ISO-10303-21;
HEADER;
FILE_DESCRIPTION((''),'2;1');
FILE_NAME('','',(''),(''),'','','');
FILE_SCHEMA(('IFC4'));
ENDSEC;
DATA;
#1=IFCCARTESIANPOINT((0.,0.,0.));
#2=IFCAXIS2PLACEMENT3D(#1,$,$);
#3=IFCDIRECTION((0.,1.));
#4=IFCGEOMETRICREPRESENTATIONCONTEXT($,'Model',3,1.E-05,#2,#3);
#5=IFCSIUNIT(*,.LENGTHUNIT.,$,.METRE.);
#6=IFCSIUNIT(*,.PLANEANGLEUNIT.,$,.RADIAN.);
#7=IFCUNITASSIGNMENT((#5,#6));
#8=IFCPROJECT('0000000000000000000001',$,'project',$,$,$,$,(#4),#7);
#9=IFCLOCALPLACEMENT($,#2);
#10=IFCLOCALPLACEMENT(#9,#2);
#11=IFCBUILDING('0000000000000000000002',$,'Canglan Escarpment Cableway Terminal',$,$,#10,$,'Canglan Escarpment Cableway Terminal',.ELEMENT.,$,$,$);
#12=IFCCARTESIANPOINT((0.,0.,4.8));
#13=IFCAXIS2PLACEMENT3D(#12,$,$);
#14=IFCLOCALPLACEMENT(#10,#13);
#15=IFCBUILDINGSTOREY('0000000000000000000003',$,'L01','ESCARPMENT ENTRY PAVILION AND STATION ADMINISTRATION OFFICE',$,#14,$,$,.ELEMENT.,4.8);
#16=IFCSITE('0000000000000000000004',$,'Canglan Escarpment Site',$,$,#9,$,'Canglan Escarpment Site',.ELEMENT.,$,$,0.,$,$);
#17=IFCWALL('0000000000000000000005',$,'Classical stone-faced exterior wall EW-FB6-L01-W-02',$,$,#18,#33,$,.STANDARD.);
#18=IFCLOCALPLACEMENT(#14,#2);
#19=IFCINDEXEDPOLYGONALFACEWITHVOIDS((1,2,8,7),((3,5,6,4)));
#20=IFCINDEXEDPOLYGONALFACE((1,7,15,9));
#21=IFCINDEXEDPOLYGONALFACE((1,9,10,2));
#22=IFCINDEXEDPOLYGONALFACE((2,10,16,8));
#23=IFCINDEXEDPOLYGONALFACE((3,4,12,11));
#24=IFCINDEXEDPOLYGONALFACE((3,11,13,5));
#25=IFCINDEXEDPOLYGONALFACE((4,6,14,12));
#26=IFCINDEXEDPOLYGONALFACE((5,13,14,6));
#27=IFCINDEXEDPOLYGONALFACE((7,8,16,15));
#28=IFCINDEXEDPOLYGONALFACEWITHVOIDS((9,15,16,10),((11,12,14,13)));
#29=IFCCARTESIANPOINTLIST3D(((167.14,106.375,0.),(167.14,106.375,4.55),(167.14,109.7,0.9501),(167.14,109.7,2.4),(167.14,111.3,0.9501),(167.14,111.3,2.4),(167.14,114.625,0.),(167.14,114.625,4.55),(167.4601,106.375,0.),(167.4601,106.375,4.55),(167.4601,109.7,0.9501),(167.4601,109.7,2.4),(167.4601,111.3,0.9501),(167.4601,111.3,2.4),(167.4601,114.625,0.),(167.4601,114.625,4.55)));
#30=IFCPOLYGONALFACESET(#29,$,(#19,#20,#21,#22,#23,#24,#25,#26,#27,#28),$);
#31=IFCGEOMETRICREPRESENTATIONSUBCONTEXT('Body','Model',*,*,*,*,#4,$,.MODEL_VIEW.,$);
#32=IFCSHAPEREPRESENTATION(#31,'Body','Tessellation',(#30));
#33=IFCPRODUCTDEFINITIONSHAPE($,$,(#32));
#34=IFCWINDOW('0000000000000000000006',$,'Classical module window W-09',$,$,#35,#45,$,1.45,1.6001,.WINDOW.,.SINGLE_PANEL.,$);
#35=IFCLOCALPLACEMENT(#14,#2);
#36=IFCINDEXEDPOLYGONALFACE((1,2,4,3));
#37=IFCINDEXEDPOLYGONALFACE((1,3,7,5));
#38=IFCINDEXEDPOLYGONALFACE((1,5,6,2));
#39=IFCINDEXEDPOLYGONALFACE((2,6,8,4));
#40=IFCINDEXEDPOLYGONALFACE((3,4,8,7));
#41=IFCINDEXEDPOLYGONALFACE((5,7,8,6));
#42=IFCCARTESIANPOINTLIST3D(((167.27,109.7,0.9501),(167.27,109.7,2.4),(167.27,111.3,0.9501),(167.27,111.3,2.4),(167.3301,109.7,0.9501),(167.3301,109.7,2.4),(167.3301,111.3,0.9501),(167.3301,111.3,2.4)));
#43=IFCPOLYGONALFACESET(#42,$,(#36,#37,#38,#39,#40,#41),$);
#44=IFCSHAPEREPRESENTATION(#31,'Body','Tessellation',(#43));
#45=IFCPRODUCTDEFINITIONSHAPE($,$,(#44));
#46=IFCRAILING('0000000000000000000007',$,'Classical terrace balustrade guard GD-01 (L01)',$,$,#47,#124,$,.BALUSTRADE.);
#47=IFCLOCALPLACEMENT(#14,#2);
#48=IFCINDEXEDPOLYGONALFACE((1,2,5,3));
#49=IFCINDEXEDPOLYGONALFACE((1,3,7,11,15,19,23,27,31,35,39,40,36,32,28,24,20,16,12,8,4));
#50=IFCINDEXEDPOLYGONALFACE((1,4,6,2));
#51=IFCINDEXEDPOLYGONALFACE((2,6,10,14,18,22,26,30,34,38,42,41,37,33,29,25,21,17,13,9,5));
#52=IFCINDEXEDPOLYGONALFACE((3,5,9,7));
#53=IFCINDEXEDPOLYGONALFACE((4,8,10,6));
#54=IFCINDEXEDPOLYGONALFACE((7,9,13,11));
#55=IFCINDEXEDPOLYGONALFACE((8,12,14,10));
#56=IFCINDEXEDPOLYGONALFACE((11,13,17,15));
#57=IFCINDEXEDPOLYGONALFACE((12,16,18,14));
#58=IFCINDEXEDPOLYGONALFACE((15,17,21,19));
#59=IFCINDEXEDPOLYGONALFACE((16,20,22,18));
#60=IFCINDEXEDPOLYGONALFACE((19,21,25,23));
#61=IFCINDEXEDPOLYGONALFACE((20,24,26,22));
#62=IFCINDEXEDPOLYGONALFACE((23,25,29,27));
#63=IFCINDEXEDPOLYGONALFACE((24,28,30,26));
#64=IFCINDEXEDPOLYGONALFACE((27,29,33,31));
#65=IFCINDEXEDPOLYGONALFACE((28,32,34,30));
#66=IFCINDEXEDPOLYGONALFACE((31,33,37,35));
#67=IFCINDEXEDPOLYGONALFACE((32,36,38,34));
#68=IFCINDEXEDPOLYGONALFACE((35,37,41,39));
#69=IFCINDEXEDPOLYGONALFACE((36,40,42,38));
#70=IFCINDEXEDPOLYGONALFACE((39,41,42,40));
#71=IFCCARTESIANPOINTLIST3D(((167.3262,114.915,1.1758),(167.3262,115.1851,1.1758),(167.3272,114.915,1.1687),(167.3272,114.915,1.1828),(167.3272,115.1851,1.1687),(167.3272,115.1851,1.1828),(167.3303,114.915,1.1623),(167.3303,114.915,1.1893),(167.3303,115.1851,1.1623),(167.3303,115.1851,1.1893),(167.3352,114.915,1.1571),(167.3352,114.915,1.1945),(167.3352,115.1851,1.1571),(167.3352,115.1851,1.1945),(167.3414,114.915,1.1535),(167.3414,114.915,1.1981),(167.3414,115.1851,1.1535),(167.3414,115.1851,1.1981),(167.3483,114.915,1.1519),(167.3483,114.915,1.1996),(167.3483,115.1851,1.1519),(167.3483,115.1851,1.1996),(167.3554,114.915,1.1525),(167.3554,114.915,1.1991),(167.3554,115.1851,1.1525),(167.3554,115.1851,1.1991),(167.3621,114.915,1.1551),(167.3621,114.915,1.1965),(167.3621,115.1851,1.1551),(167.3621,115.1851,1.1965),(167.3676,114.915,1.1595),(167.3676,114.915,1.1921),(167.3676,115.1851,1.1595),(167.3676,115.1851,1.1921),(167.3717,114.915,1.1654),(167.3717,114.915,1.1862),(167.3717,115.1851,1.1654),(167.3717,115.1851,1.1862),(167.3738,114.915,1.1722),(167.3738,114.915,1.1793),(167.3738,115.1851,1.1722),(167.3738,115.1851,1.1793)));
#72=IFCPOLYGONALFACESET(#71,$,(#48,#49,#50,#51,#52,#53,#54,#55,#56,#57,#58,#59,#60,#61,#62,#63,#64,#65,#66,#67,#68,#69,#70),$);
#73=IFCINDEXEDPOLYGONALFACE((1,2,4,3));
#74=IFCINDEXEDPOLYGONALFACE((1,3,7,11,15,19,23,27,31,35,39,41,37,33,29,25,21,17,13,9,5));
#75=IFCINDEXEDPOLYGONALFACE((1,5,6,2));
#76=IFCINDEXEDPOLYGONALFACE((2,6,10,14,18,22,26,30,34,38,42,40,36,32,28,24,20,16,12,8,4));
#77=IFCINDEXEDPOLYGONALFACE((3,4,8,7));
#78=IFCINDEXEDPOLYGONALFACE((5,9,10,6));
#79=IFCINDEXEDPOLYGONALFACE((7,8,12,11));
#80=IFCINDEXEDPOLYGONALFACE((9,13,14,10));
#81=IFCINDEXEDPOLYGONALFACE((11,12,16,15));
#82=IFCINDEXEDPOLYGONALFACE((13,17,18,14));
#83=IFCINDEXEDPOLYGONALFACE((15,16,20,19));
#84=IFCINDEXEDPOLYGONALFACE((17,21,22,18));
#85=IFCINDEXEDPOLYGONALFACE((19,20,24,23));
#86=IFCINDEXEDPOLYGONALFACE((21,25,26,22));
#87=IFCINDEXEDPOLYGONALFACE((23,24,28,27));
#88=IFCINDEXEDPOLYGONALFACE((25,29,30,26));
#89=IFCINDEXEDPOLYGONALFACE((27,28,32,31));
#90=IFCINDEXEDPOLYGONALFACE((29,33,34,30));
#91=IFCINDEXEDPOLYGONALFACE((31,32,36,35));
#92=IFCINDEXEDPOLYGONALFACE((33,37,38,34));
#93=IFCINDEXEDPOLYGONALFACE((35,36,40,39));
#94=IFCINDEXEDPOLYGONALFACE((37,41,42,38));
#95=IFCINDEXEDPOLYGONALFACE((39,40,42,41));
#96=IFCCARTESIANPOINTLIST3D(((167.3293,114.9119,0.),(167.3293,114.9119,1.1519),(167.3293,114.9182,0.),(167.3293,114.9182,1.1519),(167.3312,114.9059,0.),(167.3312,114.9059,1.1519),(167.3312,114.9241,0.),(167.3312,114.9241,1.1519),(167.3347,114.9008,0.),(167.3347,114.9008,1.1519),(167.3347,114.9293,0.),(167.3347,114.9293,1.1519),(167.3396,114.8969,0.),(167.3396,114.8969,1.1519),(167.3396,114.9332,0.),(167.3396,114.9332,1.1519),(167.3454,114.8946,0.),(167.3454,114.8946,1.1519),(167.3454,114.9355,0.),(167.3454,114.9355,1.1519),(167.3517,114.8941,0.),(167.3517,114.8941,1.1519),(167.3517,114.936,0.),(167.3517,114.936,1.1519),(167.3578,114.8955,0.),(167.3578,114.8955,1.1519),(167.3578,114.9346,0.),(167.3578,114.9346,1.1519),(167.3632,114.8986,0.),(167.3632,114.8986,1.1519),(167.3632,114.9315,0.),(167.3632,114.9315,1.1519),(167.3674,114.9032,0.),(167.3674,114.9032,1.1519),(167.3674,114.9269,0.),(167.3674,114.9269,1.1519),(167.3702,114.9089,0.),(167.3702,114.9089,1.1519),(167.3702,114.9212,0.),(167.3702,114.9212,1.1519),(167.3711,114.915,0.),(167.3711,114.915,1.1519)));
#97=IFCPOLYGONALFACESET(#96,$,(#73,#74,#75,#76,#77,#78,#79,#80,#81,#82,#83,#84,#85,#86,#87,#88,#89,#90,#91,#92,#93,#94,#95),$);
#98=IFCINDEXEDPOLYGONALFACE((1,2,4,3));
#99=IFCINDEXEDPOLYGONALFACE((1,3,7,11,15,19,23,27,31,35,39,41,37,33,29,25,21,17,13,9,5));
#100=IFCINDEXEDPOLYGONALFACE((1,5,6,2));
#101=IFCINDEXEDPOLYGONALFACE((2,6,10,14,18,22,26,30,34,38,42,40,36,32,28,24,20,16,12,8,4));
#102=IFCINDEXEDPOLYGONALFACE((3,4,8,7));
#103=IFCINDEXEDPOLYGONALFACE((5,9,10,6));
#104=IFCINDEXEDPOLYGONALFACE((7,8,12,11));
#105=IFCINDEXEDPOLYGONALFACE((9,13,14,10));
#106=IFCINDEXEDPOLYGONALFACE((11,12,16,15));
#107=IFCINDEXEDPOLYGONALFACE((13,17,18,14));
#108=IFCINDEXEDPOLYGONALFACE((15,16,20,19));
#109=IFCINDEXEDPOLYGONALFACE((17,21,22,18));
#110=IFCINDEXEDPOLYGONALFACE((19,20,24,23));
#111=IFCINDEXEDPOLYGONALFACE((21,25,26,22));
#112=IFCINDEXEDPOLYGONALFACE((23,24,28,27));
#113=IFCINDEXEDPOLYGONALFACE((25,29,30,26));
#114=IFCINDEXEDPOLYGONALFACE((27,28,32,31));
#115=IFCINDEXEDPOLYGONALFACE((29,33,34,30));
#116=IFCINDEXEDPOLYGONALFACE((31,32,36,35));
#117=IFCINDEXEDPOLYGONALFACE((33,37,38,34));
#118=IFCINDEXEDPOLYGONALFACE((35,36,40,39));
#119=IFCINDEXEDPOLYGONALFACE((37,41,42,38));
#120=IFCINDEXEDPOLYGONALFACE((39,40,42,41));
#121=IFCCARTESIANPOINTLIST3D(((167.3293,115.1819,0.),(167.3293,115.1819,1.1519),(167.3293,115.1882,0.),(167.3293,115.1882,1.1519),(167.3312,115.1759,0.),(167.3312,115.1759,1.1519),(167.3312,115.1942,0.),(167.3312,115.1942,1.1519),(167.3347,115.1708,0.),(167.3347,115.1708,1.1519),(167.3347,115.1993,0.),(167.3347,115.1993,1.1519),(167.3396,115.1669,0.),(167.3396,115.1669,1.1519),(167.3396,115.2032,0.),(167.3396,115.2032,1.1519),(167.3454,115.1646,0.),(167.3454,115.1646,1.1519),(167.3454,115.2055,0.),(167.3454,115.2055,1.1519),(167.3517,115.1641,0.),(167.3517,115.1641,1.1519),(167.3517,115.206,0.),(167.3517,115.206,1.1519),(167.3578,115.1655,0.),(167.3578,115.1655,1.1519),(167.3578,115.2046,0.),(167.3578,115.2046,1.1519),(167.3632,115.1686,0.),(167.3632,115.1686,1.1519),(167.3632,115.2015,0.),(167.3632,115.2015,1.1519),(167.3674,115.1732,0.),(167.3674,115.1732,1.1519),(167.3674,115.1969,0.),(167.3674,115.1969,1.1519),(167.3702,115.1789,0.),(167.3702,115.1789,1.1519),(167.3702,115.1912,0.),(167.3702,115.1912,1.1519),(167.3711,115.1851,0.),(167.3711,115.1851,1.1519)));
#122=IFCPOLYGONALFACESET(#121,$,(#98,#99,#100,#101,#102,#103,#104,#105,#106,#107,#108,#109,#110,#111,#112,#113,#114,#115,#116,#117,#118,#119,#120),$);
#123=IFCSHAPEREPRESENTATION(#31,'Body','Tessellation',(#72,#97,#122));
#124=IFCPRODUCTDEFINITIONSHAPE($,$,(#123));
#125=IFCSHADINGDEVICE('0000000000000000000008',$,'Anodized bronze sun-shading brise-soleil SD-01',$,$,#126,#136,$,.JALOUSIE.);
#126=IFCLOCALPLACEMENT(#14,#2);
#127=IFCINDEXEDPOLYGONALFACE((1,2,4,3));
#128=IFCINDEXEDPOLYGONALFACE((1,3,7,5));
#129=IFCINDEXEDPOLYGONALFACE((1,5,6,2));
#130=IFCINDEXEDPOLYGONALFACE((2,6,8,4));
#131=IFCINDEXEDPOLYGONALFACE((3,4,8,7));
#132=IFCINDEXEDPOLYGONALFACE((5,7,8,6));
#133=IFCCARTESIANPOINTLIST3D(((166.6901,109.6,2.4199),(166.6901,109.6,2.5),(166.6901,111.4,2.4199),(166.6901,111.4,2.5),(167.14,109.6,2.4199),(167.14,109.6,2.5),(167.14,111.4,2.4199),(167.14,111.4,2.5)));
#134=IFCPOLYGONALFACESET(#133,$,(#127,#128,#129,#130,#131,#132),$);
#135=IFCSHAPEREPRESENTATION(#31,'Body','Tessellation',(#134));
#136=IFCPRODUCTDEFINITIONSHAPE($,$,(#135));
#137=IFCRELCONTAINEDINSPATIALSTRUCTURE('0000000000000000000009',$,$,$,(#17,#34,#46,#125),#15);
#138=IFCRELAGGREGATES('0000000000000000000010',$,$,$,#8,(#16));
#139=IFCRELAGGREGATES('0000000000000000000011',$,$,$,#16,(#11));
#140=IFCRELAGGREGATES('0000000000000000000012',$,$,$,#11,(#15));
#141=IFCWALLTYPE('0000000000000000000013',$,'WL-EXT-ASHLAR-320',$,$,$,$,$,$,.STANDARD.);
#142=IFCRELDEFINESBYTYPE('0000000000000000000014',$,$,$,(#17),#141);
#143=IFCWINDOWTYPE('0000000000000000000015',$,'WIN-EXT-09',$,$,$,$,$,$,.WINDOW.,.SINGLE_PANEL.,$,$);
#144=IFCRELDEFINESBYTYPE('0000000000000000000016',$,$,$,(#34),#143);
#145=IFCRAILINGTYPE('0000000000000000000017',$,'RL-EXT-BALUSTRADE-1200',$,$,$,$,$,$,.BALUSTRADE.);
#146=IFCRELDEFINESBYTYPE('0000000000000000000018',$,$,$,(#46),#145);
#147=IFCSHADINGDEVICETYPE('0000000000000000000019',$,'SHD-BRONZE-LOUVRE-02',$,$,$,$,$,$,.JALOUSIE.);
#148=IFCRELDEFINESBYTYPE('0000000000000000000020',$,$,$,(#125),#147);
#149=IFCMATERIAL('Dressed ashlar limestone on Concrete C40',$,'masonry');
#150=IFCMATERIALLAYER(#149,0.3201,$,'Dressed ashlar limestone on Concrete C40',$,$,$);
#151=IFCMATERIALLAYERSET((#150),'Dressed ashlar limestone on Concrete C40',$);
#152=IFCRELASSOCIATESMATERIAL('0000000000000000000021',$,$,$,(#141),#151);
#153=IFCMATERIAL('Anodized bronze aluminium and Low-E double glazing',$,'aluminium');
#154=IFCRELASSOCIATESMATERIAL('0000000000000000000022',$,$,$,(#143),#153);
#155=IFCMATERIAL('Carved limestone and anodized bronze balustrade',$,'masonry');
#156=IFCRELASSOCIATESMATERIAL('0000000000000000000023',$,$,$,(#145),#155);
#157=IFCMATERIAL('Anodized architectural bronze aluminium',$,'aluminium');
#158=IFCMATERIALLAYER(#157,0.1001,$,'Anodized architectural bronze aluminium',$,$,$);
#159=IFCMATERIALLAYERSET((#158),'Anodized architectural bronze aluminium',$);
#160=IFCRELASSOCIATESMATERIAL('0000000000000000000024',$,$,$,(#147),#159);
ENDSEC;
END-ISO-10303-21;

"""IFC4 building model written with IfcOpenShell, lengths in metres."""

from ifc_helpers import new_model, si_unit, direction, frame, frame_2d, origin, origin_2d, place, context, subcontext, project, spatial, rectangle, circle, extrude, material, layer, layer_set, type_object, element, fill, save


model = new_model("IFC4")

# Units and contexts
model_context = context("Model", 3, precision=1e-05, world=origin(), true_north=direction((0.0, 1.0)))
body_context = subcontext(model_context, "Body", "Model", "MODEL_VIEW")
ifc_project = project(units=[si_unit("LENGTHUNIT", "METRE"), si_unit("PLANEANGLEUNIT", "RADIAN")], contexts=[model_context])

# Site, building, storey
site_placement = place(None, origin())
site = spatial("IfcSite", under=ifc_project, at=site_placement, Name="Canglan Escarpment Site", LongName="Canglan Escarpment Site", CompositionType="ELEMENT", RefElevation=0.0)
building_placement = place(site_placement, origin())
building = spatial("IfcBuilding", under=site, at=building_placement, Name="Canglan Escarpment Cableway Terminal", LongName="Canglan Escarpment Cableway Terminal", CompositionType="ELEMENT")
storey_placement = place(building_placement, frame((0.0, 0.0, 4.8)))
storey = spatial("IfcBuildingStorey", under=building, at=storey_placement, Name="L01", Description="ESCARPMENT ENTRY PAVILION AND STATION ADMINISTRATION OFFICE", CompositionType="ELEMENT", Elevation=4.8)

# Wall, opening, window
ifc_material_1 = material(Name="Dressed ashlar limestone on Concrete C40", Category="masonry")
ifc_layer_1 = layer(ifc_material_1, 0.3201, Name="Dressed ashlar limestone on Concrete C40")
ifc_layer_set_1 = layer_set([ifc_layer_1], Name="Dressed ashlar limestone on Concrete C40")
wall_type_1 = type_object("IfcWallType", Name="WL-EXT-ASHLAR-320", PredefinedType="STANDARD", material=ifc_layer_set_1)
wall_1_placement = place(storey_placement, frame((167.3, 114.625, 0.0), z_axis=(0.0, 0.0, 1.0), x_axis=(0.0, -1.0, 0.0)))
wall_1 = element("IfcWall", 1, at=wall_1_placement, inside=storey, type_object=wall_type_1, Name="Classical stone-faced exterior wall EW-FB6-L01-W-02", PredefinedType="STANDARD", context=body_context, shape_type="SweptSolid", body=[
    extrude(rectangle(XDim=8.25, YDim=0.3201, at=frame_2d((4.125, 0.0))), origin(), (0.0, 0.0, 1.0), 4.55),
])
opening_placement = place(wall_1_placement, frame((3.325, 0.0, 0.95)))
opening = element("IfcOpeningElement", 2, at=opening_placement, cuts=wall_1, PredefinedType="OPENING", context=body_context, shape_type="SweptSolid", body=[
    extrude(rectangle(XDim=1.6001, YDim=1.45, at=frame_2d((0.8, 0.7251))), frame((0.0, 0.1699, 0.0), z_axis=(0.0, -1.0, 0.0), x_axis=(1.0, 0.0, 0.0)), (0.0, 0.0, 1.0), 0.3401),
])
ifc_material_2 = material(Name="Anodized bronze aluminium and Low-E double glazing", Category="aluminium")
window_type = type_object("IfcWindowType", Name="WIN-EXT-09", PartitioningType="SINGLE_PANEL", PredefinedType="WINDOW", material=ifc_material_2)
window_placement = place(opening_placement, origin())
window = element("IfcWindow", 3, at=window_placement, inside=storey, type_object=window_type, Name="Classical module window W-09", OverallHeight=1.45, OverallWidth=1.6001, PartitioningType="SINGLE_PANEL", PredefinedType="WINDOW", context=body_context, shape_type="SweptSolid", body=[
    extrude(rectangle(XDim=1.6001, YDim=1.45, at=frame_2d((0.8, 0.7251))), frame((0.0, 0.03, 0.0), z_axis=(0.0, -1.0, 0.0), x_axis=(1.0, 0.0, 0.0)), (0.0, 0.0, 1.0), 0.0601),
])
fill(opening, window)

# Railing
ifc_material_3 = material(Name="Carved limestone and anodized bronze balustrade", Category="masonry")
railing_type = type_object("IfcRailingType", Name="RL-EXT-BALUSTRADE-1200", PredefinedType="BALUSTRADE", material=ifc_material_3)
railing_placement = place(storey_placement, frame((167.3501, 114.915, 0.0)))
element("IfcRailing", 4, at=railing_placement, inside=storey, type_object=railing_type, Name="Classical terrace balustrade guard GD-01 (L01)", PredefinedType="BALUSTRADE", context=body_context, shape_type="SweptSolid", body=[
    extrude(circle(Radius=0.0239, at=origin_2d()), frame((0.0, 0.0, 1.1758), z_axis=(0.0, 1.0, 0.0), x_axis=(-1.0, 0.0, 0.0)), (0.0, 0.0, 1.0), 0.27),
    extrude(circle(Radius=0.021, at=origin_2d()), origin(), (0.0, 0.0, 1.0), 1.1519),
    extrude(circle(Radius=0.021, at=origin_2d()), frame((0.0, 0.27, 0.0)), (0.0, 0.0, 1.0), 1.1519),
])

# Shading device
ifc_material_4 = material(Name="Anodized architectural bronze aluminium", Category="aluminium")
ifc_layer_2 = layer(ifc_material_4, 0.1001, Name="Anodized architectural bronze aluminium")
ifc_layer_set_2 = layer_set([ifc_layer_2], Name="Anodized architectural bronze aluminium")
shading_device_type = type_object("IfcShadingDeviceType", Name="SHD-BRONZE-LOUVRE-02", PredefinedType="JALOUSIE", material=ifc_layer_set_2)
shading_device_placement = place(storey_placement, frame((166.915, 110.5, 2.4199), z_axis=(0.0, 0.0, 1.0), x_axis=(0.0, -1.0, 0.0)))
element("IfcShadingDevice", 5, at=shading_device_placement, inside=storey, type_object=shading_device_type, Name="Anodized bronze sun-shading brise-soleil SD-01", PredefinedType="JALOUSIE", context=body_context, shape_type="SweptSolid", body=[
    extrude(rectangle(XDim=1.8, YDim=0.45, at=origin_2d()), origin(), (0.0, 0.0, 1.0), 0.0801),
])

save(model, "model.ifc")
